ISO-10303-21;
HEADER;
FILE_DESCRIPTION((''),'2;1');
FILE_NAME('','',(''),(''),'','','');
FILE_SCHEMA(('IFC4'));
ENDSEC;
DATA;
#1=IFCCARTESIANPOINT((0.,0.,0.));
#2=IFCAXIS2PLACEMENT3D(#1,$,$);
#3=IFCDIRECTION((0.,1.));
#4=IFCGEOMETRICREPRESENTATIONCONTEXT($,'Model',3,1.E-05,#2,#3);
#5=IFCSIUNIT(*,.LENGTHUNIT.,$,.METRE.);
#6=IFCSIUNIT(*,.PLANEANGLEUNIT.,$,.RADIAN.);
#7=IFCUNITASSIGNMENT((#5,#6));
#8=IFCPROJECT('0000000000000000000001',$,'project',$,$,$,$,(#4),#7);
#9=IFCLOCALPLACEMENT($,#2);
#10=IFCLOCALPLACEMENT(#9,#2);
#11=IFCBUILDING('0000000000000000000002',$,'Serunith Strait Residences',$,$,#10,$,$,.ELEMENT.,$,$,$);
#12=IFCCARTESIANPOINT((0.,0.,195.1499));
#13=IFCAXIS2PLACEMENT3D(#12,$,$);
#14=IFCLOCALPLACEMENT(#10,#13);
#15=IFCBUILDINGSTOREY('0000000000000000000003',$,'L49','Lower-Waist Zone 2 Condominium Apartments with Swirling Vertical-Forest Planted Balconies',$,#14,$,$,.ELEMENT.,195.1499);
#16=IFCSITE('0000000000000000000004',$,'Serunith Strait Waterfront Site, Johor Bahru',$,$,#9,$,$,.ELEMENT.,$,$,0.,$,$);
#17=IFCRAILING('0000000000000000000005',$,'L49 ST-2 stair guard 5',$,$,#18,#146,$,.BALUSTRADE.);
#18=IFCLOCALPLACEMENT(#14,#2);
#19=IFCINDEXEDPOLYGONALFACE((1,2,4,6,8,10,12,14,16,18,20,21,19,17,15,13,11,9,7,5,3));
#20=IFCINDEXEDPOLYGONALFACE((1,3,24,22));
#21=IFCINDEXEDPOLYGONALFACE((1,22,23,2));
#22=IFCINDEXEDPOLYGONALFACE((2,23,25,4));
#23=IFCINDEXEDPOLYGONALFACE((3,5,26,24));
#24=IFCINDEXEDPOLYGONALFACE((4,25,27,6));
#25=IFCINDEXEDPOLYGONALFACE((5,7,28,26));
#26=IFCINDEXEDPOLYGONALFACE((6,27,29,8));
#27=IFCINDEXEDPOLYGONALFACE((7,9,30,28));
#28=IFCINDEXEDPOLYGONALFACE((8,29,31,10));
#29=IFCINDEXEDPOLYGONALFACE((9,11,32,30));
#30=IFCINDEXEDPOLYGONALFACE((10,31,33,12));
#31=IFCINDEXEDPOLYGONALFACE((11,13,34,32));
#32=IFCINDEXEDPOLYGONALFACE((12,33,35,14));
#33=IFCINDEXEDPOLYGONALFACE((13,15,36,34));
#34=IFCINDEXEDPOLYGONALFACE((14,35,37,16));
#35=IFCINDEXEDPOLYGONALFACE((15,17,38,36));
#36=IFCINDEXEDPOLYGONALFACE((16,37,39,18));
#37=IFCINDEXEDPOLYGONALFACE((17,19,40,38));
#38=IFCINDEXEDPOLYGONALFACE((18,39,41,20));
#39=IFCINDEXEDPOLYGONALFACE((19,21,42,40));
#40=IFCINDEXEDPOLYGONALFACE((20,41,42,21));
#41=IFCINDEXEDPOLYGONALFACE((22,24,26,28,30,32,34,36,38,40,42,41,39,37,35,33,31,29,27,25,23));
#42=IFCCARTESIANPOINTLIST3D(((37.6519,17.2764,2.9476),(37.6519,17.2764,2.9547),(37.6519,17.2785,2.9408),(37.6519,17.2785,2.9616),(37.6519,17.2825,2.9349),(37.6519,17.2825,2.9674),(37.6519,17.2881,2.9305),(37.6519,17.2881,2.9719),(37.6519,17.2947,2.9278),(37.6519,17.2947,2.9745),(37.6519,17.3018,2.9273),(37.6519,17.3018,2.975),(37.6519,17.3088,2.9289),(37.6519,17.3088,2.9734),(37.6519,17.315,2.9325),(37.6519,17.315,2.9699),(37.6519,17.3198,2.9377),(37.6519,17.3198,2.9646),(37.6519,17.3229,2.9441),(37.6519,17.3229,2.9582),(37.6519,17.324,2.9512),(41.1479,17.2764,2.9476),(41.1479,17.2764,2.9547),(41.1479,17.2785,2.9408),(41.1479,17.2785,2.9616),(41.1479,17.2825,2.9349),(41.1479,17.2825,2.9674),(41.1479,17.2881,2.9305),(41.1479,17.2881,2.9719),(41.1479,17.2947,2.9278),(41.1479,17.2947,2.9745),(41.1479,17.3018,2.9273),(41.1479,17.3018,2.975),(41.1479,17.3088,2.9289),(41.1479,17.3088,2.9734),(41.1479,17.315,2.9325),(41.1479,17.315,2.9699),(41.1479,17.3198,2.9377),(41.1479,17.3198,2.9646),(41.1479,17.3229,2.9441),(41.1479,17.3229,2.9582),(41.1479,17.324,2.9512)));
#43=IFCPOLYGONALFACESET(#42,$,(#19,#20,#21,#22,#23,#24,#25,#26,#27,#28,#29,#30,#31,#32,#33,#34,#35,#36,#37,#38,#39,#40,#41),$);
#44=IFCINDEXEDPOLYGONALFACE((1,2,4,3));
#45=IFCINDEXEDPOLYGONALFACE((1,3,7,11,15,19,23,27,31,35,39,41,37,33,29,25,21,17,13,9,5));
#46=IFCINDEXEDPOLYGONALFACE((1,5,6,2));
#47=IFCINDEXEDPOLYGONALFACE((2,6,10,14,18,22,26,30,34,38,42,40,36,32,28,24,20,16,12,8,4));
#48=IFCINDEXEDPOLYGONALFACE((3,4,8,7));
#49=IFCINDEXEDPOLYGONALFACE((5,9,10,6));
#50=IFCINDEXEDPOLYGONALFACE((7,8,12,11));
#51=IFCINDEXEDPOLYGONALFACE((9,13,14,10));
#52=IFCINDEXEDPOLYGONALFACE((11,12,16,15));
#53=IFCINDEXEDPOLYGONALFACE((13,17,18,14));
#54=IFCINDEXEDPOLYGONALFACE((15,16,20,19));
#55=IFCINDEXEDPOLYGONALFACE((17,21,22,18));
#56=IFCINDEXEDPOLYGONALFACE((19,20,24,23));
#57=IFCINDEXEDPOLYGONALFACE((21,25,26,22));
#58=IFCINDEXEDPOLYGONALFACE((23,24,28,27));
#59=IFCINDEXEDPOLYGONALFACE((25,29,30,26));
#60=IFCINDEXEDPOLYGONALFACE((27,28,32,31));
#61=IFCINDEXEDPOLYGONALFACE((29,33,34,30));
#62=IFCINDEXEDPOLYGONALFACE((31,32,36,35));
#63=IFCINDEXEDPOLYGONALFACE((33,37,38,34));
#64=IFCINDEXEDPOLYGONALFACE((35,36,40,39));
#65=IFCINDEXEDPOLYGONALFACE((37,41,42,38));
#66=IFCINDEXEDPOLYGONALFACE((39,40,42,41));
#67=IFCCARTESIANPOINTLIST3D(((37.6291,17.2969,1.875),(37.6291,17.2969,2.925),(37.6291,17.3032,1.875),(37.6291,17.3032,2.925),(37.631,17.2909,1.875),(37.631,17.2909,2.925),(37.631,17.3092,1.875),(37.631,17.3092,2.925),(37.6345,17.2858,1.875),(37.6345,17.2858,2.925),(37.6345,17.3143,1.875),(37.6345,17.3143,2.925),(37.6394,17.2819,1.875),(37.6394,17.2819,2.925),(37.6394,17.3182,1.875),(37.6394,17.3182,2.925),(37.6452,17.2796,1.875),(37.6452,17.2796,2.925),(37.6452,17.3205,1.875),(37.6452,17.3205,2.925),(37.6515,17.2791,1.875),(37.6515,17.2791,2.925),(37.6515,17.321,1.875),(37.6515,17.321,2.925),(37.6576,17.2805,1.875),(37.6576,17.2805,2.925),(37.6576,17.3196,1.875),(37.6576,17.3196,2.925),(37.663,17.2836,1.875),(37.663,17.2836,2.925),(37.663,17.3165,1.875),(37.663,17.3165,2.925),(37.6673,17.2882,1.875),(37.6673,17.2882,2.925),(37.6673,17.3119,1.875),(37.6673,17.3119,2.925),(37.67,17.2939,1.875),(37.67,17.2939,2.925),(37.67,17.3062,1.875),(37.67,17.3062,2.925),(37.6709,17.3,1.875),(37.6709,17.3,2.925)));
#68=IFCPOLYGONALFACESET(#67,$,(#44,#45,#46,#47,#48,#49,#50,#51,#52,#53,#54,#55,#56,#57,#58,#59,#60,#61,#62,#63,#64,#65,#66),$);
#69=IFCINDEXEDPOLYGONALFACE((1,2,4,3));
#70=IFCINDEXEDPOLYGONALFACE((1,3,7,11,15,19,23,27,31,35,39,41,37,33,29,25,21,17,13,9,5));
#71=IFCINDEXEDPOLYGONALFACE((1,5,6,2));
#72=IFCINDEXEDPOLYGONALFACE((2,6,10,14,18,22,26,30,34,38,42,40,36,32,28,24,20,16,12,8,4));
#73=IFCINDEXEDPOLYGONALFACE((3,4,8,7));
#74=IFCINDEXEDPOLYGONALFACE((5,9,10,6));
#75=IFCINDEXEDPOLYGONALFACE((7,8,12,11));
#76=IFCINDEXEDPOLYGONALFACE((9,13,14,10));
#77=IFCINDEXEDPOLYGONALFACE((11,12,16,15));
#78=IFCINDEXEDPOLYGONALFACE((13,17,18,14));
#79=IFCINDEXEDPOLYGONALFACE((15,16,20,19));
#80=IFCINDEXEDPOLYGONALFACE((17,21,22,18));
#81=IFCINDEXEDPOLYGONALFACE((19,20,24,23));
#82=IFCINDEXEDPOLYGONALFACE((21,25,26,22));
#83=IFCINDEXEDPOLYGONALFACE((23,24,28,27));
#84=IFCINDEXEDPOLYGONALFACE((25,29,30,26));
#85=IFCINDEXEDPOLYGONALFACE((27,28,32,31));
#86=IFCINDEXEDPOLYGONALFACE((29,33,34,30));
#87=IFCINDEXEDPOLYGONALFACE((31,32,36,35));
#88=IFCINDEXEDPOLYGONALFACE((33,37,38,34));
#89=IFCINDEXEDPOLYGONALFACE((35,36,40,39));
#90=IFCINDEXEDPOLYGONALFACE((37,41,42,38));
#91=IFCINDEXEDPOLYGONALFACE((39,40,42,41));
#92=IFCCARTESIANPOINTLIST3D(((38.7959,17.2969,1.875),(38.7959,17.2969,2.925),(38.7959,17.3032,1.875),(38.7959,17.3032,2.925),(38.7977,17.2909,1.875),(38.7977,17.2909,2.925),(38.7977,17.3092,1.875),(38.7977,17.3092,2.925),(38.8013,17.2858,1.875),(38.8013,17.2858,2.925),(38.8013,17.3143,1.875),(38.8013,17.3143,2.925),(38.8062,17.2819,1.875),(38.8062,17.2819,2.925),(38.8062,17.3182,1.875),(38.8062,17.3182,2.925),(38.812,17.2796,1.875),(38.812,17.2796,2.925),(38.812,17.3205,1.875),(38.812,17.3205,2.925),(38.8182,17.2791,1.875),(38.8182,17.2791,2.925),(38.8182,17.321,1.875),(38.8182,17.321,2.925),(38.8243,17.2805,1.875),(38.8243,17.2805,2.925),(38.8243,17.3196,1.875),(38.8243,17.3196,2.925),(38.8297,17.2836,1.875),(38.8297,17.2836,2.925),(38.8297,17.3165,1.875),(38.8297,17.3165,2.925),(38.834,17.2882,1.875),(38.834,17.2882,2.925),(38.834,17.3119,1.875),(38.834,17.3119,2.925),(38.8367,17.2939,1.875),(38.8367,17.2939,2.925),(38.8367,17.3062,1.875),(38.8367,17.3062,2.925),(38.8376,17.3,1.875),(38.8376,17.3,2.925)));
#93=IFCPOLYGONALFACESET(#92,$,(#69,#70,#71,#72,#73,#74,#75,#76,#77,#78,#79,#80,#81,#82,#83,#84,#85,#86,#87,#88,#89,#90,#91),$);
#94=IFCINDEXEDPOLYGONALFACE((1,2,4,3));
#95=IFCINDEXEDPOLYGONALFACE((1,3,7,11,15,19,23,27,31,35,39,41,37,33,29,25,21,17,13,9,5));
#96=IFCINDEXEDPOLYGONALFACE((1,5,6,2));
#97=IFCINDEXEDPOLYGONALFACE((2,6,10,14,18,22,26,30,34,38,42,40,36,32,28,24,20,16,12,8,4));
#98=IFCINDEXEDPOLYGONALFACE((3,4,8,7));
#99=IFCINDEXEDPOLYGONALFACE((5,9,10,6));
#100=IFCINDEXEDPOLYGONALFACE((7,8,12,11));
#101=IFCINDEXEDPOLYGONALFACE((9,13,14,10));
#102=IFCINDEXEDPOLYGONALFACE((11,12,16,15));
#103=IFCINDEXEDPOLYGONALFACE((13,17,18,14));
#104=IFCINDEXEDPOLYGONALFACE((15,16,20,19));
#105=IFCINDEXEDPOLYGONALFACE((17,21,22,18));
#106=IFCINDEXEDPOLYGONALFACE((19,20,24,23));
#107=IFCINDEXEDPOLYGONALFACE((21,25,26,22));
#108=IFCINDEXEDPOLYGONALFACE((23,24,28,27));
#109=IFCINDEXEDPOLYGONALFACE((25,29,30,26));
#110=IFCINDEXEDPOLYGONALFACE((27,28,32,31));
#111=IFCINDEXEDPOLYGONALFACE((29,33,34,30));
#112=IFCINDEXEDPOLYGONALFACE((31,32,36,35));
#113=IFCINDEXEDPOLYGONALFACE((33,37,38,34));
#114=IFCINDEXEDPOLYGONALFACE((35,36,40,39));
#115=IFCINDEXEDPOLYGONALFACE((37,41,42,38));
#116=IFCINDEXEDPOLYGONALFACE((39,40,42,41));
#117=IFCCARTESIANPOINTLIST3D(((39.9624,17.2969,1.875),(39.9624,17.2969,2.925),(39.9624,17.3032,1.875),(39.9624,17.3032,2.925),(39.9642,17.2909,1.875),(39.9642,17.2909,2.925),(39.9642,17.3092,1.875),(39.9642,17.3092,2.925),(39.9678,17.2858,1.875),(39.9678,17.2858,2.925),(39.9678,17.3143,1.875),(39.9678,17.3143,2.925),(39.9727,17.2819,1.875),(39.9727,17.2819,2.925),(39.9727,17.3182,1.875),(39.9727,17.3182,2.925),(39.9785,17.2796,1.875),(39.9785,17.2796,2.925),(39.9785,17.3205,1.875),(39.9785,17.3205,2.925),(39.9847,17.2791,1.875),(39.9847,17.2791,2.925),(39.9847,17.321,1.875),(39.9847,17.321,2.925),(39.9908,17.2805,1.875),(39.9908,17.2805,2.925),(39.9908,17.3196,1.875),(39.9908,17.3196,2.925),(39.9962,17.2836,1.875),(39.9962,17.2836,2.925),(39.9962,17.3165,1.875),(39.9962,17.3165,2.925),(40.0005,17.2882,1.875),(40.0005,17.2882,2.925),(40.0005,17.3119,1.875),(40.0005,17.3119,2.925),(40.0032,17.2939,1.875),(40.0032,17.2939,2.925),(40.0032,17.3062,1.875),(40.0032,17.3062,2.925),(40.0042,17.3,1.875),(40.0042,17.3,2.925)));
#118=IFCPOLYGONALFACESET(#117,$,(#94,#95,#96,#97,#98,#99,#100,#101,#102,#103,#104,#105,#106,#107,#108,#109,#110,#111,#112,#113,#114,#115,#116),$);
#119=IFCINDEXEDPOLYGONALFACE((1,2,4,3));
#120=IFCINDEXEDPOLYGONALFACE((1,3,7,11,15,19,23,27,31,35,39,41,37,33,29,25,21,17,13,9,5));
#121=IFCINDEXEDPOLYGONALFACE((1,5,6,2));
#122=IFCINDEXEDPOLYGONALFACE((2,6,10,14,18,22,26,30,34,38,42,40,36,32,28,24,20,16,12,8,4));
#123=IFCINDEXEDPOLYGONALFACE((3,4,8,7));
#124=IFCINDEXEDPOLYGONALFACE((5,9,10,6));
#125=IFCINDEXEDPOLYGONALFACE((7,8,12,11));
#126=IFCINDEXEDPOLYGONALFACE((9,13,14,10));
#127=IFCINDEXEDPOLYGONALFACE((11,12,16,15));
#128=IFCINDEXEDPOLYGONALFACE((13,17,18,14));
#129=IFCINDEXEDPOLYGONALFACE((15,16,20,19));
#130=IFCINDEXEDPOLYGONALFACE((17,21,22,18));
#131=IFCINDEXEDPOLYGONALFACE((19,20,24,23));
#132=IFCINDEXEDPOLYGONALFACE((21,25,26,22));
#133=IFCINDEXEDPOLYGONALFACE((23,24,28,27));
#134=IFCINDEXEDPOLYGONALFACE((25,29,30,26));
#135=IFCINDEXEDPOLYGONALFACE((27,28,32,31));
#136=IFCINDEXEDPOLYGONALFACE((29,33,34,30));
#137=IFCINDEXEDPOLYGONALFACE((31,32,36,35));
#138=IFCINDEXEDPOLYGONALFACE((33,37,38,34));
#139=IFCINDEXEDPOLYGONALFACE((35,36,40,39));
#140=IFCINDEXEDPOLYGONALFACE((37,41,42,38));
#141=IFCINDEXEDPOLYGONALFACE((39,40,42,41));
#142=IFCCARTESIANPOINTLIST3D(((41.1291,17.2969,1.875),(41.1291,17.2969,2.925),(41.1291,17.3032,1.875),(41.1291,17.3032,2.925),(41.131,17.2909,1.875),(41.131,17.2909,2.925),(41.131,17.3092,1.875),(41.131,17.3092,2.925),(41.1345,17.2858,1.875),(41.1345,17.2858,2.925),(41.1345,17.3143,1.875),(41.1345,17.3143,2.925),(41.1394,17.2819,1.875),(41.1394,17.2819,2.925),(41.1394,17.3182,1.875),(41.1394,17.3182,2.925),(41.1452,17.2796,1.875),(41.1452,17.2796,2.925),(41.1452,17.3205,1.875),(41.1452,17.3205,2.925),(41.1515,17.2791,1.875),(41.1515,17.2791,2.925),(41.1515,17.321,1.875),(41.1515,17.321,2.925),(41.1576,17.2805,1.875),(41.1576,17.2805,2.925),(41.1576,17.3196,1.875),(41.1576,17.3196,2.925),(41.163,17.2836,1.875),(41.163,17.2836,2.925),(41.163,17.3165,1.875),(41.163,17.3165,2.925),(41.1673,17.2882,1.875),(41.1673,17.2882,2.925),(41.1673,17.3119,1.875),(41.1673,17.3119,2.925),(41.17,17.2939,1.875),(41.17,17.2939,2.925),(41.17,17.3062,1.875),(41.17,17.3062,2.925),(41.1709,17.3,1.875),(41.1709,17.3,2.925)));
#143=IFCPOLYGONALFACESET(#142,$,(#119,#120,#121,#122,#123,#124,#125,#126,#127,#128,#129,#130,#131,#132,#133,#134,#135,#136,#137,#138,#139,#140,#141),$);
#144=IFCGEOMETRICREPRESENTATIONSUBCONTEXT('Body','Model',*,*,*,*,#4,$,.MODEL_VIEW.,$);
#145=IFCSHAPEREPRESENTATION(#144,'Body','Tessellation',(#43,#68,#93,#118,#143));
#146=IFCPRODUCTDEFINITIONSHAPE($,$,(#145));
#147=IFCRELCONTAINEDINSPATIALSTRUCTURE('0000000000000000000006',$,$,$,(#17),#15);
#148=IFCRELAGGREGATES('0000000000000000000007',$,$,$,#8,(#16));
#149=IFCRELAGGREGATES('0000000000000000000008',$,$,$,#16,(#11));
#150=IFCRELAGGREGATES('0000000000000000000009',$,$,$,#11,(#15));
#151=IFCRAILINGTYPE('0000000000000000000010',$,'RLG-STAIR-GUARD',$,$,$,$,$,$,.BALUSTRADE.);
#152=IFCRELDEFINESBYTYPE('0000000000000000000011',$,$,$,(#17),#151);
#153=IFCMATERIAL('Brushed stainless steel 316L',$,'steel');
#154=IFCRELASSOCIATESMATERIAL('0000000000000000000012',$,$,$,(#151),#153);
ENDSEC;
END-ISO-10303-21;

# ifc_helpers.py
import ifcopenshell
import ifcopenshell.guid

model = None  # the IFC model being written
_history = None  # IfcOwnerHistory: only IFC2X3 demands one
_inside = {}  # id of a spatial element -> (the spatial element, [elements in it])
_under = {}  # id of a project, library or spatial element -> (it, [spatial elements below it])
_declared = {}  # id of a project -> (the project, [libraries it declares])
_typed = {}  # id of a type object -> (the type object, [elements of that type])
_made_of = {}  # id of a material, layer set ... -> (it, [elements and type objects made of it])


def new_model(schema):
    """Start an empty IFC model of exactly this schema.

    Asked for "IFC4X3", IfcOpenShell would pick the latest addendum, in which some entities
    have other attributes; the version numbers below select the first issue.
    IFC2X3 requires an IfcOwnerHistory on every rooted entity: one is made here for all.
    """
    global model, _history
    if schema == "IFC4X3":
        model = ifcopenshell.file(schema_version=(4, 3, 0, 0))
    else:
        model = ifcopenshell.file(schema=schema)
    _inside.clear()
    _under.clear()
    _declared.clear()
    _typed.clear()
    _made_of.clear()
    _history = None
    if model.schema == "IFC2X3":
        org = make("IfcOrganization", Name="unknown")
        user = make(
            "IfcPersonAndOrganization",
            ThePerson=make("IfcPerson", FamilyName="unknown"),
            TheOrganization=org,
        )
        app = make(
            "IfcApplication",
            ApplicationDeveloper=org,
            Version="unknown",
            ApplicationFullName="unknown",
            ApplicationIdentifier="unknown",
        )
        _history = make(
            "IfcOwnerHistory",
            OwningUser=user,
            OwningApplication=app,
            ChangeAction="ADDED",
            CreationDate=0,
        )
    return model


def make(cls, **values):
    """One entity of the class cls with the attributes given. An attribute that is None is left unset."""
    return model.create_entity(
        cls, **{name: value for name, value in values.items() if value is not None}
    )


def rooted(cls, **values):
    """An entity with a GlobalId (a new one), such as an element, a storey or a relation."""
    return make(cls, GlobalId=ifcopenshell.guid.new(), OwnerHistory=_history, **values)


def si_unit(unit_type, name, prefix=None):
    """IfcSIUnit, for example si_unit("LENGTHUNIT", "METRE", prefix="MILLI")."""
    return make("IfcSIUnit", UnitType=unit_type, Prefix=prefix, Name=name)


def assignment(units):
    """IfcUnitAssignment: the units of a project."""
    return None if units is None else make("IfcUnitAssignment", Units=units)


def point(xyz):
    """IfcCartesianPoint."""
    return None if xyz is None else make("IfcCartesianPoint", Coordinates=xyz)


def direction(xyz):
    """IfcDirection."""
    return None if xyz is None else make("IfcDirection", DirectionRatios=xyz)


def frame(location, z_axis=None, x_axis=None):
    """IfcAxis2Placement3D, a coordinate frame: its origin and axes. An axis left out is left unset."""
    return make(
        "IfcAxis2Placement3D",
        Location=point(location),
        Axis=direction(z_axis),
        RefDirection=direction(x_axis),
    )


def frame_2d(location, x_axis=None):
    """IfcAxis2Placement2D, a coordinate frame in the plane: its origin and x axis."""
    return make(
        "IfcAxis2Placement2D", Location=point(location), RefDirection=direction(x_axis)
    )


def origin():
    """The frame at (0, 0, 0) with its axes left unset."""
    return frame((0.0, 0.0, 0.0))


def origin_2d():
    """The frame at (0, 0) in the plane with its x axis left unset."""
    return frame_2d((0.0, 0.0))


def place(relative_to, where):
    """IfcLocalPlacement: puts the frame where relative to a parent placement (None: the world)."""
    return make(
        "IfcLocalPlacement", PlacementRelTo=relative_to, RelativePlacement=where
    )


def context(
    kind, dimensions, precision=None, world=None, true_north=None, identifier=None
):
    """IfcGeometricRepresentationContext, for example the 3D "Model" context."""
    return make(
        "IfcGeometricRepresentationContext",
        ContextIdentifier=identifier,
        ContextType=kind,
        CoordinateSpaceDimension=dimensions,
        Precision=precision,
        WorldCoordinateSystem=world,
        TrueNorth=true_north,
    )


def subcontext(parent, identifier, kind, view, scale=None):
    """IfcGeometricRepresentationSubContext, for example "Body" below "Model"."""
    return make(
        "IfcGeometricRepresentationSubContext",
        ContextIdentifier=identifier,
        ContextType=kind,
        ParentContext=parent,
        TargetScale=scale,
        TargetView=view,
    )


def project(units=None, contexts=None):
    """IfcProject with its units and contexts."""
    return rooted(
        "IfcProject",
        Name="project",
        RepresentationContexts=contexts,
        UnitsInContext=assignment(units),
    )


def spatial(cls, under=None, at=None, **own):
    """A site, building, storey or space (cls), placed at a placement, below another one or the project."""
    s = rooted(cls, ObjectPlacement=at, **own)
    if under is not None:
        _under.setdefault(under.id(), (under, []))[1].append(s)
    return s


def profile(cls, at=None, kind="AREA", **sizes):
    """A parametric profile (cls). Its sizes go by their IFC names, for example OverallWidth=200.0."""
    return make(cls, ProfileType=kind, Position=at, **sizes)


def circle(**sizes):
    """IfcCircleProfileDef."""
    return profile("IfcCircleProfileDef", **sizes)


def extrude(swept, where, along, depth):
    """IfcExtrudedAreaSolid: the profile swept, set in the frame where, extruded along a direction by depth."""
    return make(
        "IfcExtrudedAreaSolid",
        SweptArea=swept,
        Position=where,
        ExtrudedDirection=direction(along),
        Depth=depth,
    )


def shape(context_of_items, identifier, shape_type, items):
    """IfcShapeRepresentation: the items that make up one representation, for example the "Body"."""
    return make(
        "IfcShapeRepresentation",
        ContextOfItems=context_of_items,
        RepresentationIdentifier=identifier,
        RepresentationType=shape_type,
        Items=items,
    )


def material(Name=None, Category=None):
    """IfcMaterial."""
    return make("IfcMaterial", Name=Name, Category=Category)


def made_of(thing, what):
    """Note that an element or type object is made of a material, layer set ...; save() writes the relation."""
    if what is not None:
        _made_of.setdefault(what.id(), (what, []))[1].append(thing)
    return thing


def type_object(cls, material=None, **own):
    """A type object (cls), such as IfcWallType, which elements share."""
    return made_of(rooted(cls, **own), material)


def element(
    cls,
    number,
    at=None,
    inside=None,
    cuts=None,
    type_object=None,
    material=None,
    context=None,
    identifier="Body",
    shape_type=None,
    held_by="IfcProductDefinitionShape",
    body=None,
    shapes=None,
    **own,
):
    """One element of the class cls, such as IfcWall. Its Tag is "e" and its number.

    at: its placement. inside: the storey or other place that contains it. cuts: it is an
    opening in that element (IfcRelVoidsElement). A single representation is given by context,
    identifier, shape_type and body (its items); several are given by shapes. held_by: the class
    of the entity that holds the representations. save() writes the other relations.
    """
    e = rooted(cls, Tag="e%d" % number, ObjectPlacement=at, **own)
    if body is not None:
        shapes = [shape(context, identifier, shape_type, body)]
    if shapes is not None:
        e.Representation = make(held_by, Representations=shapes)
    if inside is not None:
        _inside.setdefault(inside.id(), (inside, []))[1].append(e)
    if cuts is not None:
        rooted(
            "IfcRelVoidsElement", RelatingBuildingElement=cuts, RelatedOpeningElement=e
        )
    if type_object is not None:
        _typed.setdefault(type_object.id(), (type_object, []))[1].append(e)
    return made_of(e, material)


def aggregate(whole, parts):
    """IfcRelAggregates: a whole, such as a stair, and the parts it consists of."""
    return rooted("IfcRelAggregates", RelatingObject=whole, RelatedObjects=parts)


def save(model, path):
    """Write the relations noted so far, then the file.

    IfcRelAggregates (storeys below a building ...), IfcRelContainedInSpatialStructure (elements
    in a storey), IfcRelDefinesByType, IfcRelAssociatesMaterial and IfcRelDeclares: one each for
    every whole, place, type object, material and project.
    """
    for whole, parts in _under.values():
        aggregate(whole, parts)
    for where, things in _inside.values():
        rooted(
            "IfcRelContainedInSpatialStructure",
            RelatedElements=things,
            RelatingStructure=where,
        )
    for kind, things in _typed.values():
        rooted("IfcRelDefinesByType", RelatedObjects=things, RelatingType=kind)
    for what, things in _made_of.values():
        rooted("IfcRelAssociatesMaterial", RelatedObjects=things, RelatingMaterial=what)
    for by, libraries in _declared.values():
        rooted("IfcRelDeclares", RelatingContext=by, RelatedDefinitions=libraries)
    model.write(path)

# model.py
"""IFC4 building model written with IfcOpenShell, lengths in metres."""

from ifc_helpers import new_model, si_unit, direction, frame, origin, origin_2d, place, context, subcontext, project, spatial, circle, extrude, material, type_object, element, save


model = new_model("IFC4")

# Units and contexts
model_context = context("Model", 3, precision=1e-05, world=origin(), true_north=direction((0.0, 1.0)))
body_context = subcontext(model_context, "Body", "Model", "MODEL_VIEW")
ifc_project = project(units=[si_unit("LENGTHUNIT", "METRE"), si_unit("PLANEANGLEUNIT", "RADIAN")], contexts=[model_context])

# Site, building, storey
site_placement = place(None, origin())
site = spatial("IfcSite", under=ifc_project, at=site_placement, Name="Serunith Strait Waterfront Site, Johor Bahru", CompositionType="ELEMENT", RefElevation=0.0)
building_placement = place(site_placement, origin())
building = spatial("IfcBuilding", under=site, at=building_placement, Name="Serunith Strait Residences", CompositionType="ELEMENT")
storey_placement = place(building_placement, frame((0.0, 0.0, 195.1499)))
storey = spatial("IfcBuildingStorey", under=building, at=storey_placement, Name="L49", Description="Lower-Waist Zone 2 Condominium Apartments with Swirling Vertical-Forest Planted Balconies", CompositionType="ELEMENT", Elevation=195.1499)

# Railing
ifc_material_1 = material(Name="Brushed stainless steel 316L", Category="steel")
railing_type_1 = type_object("IfcRailingType", Name="RLG-STAIR-GUARD", PredefinedType="BALUSTRADE", material=ifc_material_1)
railing_1_placement = place(storey_placement, frame((37.6499, 17.3, 1.875)))
element("IfcRailing", 1, at=railing_1_placement, inside=storey, type_object=railing_type_1, Name="L49 ST-2 stair guard 5", PredefinedType="BALUSTRADE", context=body_context, shape_type="SweptSolid", body=[
    extrude(circle(Radius=0.0239, at=origin_2d()), frame((0.002, 0.0, 1.0762), z_axis=(1.0, 0.0, 0.0), x_axis=(0.0, 1.0, 0.0)), (0.0, 0.0, 1.0), 3.4961),
    extrude(circle(Radius=0.021, at=origin_2d()), origin(), (0.0, 0.0, 1.0), 1.05),
    extrude(circle(Radius=0.021, at=origin_2d()), frame((1.1667, 0.0, 0.0)), (0.0, 0.0, 1.0), 1.05),
    extrude(circle(Radius=0.021, at=origin_2d()), frame((2.3333, 0.0, 0.0)), (0.0, 0.0, 1.0), 1.05),
    extrude(circle(Radius=0.021, at=origin_2d()), frame((3.5, 0.0, 0.0)), (0.0, 0.0, 1.0), 1.05),
])

save(model, "model.ifc")
